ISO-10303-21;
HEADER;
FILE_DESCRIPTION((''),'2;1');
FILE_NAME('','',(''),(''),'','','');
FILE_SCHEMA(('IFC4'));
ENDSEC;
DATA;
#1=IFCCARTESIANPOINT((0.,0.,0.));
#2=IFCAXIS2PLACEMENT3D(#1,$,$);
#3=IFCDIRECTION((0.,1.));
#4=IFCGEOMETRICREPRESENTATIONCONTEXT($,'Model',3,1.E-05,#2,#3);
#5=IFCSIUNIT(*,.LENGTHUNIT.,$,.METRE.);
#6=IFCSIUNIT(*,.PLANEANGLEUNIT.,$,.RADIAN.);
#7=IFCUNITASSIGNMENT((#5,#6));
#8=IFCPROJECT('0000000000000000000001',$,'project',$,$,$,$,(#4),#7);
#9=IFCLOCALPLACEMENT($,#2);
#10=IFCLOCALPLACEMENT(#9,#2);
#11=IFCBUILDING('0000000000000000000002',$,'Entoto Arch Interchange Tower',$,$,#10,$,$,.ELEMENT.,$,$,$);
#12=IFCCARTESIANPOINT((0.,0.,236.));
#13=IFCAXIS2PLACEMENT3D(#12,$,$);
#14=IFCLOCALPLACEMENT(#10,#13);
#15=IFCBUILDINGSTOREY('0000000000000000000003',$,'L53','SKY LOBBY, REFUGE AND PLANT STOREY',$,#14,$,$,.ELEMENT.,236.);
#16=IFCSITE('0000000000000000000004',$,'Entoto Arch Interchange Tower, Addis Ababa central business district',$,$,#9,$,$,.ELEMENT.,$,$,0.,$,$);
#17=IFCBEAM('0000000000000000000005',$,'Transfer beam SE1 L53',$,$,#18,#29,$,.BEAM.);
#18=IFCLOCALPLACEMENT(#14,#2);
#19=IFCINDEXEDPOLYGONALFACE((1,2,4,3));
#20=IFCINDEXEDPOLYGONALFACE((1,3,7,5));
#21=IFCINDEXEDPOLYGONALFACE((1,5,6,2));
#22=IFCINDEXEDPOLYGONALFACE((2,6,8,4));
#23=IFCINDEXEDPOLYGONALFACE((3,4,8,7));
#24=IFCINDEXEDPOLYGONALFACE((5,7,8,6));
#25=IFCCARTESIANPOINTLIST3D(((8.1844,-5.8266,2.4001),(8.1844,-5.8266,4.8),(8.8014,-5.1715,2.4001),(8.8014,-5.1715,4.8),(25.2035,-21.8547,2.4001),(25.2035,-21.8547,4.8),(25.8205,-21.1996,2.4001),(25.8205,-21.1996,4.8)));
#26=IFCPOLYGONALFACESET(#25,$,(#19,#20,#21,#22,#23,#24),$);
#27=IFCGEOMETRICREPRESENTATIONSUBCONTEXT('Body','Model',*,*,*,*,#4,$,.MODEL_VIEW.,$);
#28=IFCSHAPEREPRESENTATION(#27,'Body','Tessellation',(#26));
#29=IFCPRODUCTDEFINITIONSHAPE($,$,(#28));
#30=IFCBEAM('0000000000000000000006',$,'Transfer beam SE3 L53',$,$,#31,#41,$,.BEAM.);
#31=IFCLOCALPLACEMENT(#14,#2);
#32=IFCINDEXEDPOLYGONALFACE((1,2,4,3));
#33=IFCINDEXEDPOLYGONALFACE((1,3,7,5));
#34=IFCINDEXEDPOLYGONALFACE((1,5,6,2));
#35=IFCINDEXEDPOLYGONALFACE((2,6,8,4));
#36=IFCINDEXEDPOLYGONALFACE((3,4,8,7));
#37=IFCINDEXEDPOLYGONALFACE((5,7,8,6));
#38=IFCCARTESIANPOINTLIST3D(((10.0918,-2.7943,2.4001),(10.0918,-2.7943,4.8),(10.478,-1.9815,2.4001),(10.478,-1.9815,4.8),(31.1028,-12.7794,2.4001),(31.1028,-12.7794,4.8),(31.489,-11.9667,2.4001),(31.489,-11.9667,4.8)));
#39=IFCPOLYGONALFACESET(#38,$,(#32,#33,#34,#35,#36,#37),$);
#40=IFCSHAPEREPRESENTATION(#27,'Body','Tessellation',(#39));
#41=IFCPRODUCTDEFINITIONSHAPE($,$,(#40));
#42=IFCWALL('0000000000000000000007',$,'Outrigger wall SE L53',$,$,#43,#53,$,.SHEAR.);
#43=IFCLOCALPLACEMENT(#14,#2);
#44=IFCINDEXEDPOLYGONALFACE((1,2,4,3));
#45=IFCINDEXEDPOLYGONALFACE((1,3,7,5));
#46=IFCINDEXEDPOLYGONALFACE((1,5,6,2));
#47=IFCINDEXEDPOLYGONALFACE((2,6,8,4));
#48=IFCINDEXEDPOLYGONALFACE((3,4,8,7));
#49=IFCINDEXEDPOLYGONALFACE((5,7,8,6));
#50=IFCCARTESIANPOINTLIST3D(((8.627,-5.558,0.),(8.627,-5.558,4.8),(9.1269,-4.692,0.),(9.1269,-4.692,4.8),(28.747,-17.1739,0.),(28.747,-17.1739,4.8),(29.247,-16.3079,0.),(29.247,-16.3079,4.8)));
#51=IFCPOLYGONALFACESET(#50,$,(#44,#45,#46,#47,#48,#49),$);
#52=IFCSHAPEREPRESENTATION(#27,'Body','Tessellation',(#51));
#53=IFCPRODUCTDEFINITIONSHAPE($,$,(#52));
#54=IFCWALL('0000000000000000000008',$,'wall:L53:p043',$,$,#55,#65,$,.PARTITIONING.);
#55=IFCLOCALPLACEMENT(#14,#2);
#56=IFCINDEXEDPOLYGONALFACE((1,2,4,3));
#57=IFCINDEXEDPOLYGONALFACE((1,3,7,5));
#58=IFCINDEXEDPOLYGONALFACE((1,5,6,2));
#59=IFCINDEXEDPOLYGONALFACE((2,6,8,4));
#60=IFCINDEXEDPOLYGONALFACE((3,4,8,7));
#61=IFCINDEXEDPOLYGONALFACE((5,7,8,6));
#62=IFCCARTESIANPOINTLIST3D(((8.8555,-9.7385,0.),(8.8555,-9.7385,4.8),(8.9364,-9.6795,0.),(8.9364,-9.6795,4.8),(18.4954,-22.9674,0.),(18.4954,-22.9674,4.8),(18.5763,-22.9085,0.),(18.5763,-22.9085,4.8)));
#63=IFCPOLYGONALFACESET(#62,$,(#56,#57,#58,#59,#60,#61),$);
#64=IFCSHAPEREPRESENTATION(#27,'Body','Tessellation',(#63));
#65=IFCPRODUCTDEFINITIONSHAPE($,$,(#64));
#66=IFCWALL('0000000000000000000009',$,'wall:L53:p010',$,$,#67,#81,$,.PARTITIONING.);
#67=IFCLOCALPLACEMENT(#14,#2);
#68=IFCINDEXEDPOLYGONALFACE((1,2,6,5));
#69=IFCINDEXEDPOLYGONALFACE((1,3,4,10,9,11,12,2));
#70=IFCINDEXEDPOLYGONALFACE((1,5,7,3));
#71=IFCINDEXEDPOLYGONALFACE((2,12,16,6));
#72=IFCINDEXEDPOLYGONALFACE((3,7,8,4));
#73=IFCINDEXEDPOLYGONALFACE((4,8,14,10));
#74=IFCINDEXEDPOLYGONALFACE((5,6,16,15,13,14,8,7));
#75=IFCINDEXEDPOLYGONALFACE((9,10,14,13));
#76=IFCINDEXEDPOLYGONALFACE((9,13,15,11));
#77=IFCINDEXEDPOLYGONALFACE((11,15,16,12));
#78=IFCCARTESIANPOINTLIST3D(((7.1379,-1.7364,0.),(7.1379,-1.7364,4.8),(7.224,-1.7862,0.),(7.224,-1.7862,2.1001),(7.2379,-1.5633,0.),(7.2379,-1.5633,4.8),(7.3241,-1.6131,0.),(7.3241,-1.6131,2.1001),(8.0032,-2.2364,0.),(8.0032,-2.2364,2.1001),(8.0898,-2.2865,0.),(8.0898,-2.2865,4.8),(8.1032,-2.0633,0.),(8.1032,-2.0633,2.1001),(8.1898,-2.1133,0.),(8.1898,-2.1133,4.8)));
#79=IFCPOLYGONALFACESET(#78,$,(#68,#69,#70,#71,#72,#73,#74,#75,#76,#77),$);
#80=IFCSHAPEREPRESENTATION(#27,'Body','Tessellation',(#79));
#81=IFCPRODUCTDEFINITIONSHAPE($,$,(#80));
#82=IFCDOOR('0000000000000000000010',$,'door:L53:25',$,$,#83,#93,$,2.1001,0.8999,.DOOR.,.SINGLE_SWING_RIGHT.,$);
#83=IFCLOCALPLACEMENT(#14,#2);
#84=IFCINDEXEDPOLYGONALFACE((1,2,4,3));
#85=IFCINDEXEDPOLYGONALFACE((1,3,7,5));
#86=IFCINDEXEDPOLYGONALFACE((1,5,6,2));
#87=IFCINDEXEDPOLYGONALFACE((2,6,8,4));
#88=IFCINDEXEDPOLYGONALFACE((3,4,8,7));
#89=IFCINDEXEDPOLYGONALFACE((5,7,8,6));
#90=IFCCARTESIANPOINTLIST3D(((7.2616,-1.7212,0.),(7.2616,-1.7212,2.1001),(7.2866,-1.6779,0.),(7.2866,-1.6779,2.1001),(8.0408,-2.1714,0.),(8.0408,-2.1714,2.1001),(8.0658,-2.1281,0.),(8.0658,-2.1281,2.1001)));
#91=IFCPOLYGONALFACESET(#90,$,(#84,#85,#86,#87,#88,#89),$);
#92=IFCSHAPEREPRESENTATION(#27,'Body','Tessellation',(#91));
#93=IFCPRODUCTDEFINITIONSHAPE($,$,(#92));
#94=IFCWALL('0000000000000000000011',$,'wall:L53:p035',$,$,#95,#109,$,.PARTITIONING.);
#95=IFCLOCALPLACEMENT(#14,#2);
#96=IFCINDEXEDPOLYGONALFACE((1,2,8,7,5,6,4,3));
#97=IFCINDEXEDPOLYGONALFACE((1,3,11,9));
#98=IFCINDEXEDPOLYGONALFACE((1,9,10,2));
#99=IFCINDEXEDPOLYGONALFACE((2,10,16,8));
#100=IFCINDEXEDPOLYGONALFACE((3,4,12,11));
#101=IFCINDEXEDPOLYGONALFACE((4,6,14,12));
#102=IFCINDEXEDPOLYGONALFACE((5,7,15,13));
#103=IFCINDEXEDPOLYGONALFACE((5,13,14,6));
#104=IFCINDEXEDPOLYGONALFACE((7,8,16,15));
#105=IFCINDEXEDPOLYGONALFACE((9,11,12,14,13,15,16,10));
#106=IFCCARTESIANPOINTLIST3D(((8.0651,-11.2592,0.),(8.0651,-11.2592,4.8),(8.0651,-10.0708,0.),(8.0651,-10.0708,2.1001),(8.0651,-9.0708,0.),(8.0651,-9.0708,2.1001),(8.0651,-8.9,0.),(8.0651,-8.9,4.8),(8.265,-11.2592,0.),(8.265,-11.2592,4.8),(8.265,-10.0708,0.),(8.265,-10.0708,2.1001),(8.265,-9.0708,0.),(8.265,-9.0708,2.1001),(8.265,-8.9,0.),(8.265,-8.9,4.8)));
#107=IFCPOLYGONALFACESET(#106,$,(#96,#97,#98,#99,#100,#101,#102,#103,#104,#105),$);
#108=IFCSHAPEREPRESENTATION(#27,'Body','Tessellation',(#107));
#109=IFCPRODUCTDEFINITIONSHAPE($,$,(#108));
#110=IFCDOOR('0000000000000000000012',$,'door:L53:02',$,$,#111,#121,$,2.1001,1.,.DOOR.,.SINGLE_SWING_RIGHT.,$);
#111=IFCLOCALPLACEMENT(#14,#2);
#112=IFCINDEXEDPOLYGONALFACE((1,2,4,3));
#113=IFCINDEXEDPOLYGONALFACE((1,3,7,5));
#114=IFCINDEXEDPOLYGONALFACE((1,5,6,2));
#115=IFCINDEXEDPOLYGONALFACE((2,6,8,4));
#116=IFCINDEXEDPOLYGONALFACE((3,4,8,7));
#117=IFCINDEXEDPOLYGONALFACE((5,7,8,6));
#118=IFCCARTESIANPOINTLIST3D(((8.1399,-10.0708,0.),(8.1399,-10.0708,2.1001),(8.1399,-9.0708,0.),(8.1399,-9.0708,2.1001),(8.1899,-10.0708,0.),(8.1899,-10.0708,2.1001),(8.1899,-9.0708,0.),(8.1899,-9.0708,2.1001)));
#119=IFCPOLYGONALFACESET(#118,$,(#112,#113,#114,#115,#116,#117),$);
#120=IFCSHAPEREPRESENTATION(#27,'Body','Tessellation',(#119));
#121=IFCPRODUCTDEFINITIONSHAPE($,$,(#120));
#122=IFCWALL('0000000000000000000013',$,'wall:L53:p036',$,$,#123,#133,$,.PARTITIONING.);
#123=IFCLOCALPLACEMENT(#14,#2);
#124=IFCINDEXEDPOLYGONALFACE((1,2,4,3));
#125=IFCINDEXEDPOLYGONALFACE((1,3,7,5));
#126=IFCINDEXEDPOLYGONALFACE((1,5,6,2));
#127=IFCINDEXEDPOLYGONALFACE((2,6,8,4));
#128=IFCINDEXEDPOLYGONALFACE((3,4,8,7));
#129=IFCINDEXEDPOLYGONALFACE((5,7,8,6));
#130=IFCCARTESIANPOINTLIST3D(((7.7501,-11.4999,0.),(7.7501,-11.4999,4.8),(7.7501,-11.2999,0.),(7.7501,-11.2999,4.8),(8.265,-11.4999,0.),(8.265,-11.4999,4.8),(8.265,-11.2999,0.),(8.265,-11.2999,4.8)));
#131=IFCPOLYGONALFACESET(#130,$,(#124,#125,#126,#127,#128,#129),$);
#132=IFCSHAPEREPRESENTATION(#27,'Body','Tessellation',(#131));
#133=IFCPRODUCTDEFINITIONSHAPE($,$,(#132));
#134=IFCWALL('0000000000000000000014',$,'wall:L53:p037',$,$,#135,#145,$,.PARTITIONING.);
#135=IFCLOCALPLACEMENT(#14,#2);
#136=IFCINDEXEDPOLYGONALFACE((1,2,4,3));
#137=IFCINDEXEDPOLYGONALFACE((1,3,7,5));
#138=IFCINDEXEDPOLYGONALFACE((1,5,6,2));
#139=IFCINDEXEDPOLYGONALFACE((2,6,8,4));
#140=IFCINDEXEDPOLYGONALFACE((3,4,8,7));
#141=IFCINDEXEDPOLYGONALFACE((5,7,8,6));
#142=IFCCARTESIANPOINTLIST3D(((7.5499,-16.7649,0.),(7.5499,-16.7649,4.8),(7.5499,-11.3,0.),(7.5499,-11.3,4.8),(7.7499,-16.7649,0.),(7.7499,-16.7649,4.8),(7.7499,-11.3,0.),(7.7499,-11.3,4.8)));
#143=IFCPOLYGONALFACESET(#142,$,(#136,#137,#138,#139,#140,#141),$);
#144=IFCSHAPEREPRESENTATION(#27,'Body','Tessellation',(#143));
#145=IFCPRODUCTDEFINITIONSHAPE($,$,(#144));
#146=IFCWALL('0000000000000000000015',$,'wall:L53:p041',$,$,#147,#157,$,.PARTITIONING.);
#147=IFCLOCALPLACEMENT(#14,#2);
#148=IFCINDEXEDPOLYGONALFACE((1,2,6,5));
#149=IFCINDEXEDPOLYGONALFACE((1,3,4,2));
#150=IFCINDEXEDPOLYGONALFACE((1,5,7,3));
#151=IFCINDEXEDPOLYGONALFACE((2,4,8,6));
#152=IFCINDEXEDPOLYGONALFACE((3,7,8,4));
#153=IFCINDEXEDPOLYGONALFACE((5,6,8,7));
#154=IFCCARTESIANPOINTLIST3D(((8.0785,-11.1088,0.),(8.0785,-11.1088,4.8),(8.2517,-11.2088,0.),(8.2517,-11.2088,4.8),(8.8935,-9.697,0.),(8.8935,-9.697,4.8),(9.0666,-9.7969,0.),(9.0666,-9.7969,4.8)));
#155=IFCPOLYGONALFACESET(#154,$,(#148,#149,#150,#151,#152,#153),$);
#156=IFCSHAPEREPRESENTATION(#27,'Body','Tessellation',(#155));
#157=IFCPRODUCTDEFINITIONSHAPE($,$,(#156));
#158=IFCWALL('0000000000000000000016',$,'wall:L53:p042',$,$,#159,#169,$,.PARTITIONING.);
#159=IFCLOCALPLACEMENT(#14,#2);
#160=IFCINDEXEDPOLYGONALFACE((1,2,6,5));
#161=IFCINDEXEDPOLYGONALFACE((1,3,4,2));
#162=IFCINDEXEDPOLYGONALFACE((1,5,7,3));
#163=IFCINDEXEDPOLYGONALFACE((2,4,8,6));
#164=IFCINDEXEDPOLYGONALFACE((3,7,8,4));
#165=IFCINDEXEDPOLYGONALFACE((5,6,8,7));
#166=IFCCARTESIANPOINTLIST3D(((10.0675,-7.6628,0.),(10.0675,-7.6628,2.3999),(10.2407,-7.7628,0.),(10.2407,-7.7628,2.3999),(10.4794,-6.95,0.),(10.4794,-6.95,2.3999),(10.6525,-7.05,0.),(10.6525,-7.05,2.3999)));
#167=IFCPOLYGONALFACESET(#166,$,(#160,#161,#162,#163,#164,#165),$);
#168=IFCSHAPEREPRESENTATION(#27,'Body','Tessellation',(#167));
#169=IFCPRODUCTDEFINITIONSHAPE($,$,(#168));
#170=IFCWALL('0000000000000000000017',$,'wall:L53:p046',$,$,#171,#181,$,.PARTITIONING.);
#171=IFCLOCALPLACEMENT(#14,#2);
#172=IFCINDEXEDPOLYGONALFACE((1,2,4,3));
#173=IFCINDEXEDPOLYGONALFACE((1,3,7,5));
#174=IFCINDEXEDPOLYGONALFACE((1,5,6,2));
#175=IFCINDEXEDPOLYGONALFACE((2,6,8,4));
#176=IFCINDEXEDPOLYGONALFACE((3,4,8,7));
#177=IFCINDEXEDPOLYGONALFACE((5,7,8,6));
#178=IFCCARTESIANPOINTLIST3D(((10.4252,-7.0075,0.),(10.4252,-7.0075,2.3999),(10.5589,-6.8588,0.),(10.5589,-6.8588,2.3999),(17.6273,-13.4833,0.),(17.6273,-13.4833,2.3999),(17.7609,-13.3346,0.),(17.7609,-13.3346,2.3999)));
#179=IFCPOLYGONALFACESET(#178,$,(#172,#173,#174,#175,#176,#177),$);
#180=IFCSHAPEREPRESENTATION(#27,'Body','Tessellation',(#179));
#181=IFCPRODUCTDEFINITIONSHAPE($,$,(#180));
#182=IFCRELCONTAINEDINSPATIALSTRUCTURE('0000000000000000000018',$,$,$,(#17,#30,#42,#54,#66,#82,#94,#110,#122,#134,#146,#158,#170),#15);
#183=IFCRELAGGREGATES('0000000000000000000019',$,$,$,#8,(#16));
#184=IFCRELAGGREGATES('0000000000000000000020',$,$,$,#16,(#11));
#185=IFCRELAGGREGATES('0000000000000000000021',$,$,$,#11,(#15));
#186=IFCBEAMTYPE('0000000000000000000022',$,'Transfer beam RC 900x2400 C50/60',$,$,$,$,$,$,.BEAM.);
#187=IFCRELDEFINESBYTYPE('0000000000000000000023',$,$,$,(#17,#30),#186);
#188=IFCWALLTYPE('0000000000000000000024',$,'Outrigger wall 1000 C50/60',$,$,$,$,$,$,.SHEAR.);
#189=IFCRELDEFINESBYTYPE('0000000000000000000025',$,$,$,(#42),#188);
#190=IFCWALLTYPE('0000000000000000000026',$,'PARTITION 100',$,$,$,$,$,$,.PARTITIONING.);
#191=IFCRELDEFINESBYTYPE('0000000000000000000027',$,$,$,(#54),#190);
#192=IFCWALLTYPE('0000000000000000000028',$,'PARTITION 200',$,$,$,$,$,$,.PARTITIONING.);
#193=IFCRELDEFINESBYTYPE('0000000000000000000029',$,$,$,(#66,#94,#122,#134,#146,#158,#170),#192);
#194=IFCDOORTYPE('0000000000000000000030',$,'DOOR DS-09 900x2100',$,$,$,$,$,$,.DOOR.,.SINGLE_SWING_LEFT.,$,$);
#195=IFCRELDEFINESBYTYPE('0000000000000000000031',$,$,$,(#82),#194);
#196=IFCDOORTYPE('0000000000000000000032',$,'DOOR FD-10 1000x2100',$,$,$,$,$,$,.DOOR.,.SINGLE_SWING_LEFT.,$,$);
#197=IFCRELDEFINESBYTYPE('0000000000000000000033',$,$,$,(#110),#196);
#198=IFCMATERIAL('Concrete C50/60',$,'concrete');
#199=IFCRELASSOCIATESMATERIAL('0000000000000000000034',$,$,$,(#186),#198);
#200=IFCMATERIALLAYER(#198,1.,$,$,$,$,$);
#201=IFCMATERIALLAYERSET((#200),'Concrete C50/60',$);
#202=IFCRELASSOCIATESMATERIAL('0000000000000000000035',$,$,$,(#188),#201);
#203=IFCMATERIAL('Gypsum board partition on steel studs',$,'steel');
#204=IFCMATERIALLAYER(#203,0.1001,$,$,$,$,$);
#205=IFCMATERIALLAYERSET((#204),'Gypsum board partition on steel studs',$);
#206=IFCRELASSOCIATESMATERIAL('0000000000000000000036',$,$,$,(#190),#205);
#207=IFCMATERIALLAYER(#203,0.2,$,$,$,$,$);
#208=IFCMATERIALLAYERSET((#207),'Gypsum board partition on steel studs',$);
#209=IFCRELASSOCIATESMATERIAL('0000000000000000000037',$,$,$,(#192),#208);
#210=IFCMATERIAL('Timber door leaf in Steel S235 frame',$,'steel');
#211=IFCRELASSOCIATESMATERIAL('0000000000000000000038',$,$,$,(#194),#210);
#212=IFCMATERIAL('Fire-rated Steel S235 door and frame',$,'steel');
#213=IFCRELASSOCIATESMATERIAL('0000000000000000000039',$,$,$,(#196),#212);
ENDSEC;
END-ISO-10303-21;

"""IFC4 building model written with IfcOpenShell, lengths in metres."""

from ifc_helpers import new_model, si_unit, direction, frame, frame_2d, origin, origin_2d, place, context, subcontext, project, spatial, rectangle, extrude, material, layer, layer_set, material_profile, profile_set, type_object, element, fill, save


model = new_model("IFC4")

# Units and contexts
model_context = context("Model", 3, precision=1e-05, world=origin(), true_north=direction((0.0, 1.0)))
body_context = subcontext(model_context, "Body", "Model", "MODEL_VIEW")
ifc_project = project(units=[si_unit("LENGTHUNIT", "METRE"), si_unit("PLANEANGLEUNIT", "RADIAN")], contexts=[model_context])

# Site, building, storey
site_placement = place(None, origin())
site = spatial("IfcSite", under=ifc_project, at=site_placement, Name="Entoto Arch Interchange Tower, Addis Ababa central business district", CompositionType="ELEMENT", RefElevation=0.0)
building_placement = place(site_placement, origin())
building = spatial("IfcBuilding", under=site, at=building_placement, Name="Entoto Arch Interchange Tower", CompositionType="ELEMENT")
storey_placement = place(building_placement, frame((0.0, 0.0, 236.0)))
storey = spatial("IfcBuildingStorey", under=building, at=storey_placement, Name="L53", Description="SKY LOBBY, REFUGE AND PLANT STOREY", CompositionType="ELEMENT", Elevation=236.0)

# Beams
ifc_material_1 = material(Name="Concrete C50/60", Category="concrete")
ifc_material_profile = material_profile(ifc_material_1, rectangle(XDim=0.8999, YDim=2.3999, at=origin_2d()))
ifc_profile_set = profile_set([ifc_material_profile], Name="Concrete C50/60")
beam_type = type_object("IfcBeamType", Name="Transfer beam RC 900x2400 C50/60", PredefinedType="BEAM", material=ifc_profile_set)
beam_1_placement = place(storey_placement, frame((8.4929, -5.499, 3.6001), z_axis=(0.727983, -0.685595, 0.0), x_axis=(0.685595, 0.727983, 0.0)))
element("IfcBeam", 1, at=beam_1_placement, inside=storey, type_object=beam_type, Name="Transfer beam SE1 L53", PredefinedType="BEAM", context=body_context, shape_type="SweptSolid", body=[
    extrude(rectangle(XDim=0.8999, YDim=2.3999, at=origin_2d()), origin(), (0.0, 0.0, 1.0), 23.3784),
])
beam_2_placement = place(storey_placement, frame((10.2849, -2.3879, 3.6001), z_axis=(0.903196, -0.429228, 0.0), x_axis=(0.429228, 0.903196, 0.0)))
element("IfcBeam", 2, at=beam_2_placement, inside=storey, type_object=beam_type, Name="Transfer beam SE3 L53", PredefinedType="BEAM", context=body_context, shape_type="SweptSolid", body=[
    extrude(rectangle(XDim=0.8999, YDim=2.3999, at=origin_2d()), origin(), (0.0, 0.0, 1.0), 23.2629),
])

# Walls
ifc_layer_1 = layer(ifc_material_1, 1.0)
ifc_layer_set_1 = layer_set([ifc_layer_1], Name="Concrete C50/60")
wall_type_1 = type_object("IfcWallType", Name="Outrigger wall 1000 C50/60", PredefinedType="SHEAR", material=ifc_layer_set_1)
wall_1_placement = place(storey_placement, frame((8.877, -5.125, 0.0), z_axis=(0.0, 0.0, 1.0), x_axis=(0.866033, -0.499987, 0.0)))
element("IfcWall", 3, at=wall_1_placement, inside=storey, type_object=wall_type_1, Name="Outrigger wall SE L53", PredefinedType="SHEAR", context=body_context, shape_type="SweptSolid", body=[
    extrude(rectangle(XDim=23.2324, YDim=1.0, at=frame_2d((11.6162, 0.0))), origin(), (0.0, 0.0, 1.0), 4.8),
])
ifc_material_2 = material(Name="Gypsum board partition on steel studs", Category="steel")
ifc_layer_2 = layer(ifc_material_2, 0.1001)
ifc_layer_set_2 = layer_set([ifc_layer_2], Name="Gypsum board partition on steel studs")
wall_type_2 = type_object("IfcWallType", Name="PARTITION 100", PredefinedType="PARTITIONING", material=ifc_layer_set_2)
wall_2_placement = place(storey_placement, frame((8.896, -9.709, 0.0), z_axis=(0.0, 0.0, 1.0), x_axis=(0.588923, -0.808189, 0.0)))
element("IfcWall", 4, at=wall_2_placement, inside=storey, type_object=wall_type_2, Name="wall:L53:p043", PredefinedType="PARTITIONING", context=body_context, shape_type="SweptSolid", body=[
    extrude(rectangle(XDim=16.3687, YDim=0.1001, at=frame_2d((8.1843, 0.0))), origin(), (0.0, 0.0, 1.0), 4.8),
])

# Walls, openings, doors
ifc_layer_3 = layer(ifc_material_2, 0.2)
ifc_layer_set_3 = layer_set([ifc_layer_3], Name="Gypsum board partition on steel studs")
wall_type_3 = type_object("IfcWallType", Name="PARTITION 200", PredefinedType="PARTITIONING", material=ifc_layer_set_3)
wall_3_placement = place(storey_placement, frame((8.1399, -2.2, 0.0), z_axis=(0.0, 0.0, 1.0), x_axis=(-0.865842, 0.500318, 0.0)))
wall_3 = element("IfcWall", 5, at=wall_3_placement, inside=storey, type_object=wall_type_3, Name="wall:L53:p010", PredefinedType="PARTITIONING", context=body_context, shape_type="SweptSolid", body=[
    extrude(rectangle(XDim=1.0994, YDim=0.2, at=frame_2d((0.5498, 0.0))), origin(), (0.0, 0.0, 1.0), 4.8),
])
opening_1_placement = place(wall_3_placement, frame((0.1001, 0.0, 0.0)))
opening_1 = element("IfcOpeningElement", 6, at=opening_1_placement, cuts=wall_3, PredefinedType="OPENING", context=body_context, shape_type="SweptSolid", body=[
    extrude(rectangle(XDim=0.8999, YDim=2.1001, at=frame_2d((0.45, 1.05))), frame((0.0, 0.1099, 0.0), z_axis=(0.0, -1.0, 0.0), x_axis=(1.0, 0.0, 0.0)), (0.0, 0.0, 1.0), 0.22),
])
ifc_material_3 = material(Name="Timber door leaf in Steel S235 frame", Category="steel")
door_type_1 = type_object("IfcDoorType", Name="DOOR DS-09 900x2100", OperationType="SINGLE_SWING_LEFT", PredefinedType="DOOR", material=ifc_material_3)
door_1_placement = place(opening_1_placement, origin())
door_1 = element("IfcDoor", 7, at=door_1_placement, inside=storey, type_object=door_type_1, Name="door:L53:25", OperationType="SINGLE_SWING_RIGHT", OverallHeight=2.1001, OverallWidth=0.8999, PredefinedType="DOOR", context=body_context, shape_type="SweptSolid", body=[
    extrude(rectangle(XDim=0.8999, YDim=2.1001, at=frame_2d((0.45, 1.05))), frame((0.0, 0.0249, 0.0), z_axis=(0.0, -1.0, 0.0), x_axis=(1.0, 0.0, 0.0)), (0.0, 0.0, 1.0), 0.05),
])
fill(opening_1, door_1)
wall_4_placement = place(storey_placement, frame((8.165, -8.8999, 0.0), z_axis=(0.0, 0.0, 1.0), x_axis=(0.0, -1.0, 0.0)))
wall_4 = element("IfcWall", 8, at=wall_4_placement, inside=storey, type_object=wall_type_3, Name="wall:L53:p035", PredefinedType="PARTITIONING", context=body_context, shape_type="SweptSolid", body=[
    extrude(rectangle(XDim=2.3591, YDim=0.2, at=frame_2d((1.1797, 0.0))), origin(), (0.0, 0.0, 1.0), 4.8),
])
opening_2_placement = place(wall_4_placement, frame((0.1709, 0.0, 0.0)))
opening_2 = element("IfcOpeningElement", 9, at=opening_2_placement, cuts=wall_4, PredefinedType="OPENING", context=body_context, shape_type="SweptSolid", body=[
    extrude(rectangle(XDim=1.0, YDim=2.1001, at=frame_2d((0.5, 1.05))), frame((0.0, 0.1099, 0.0), z_axis=(0.0, -1.0, 0.0), x_axis=(1.0, 0.0, 0.0)), (0.0, 0.0, 1.0), 0.22),
])
ifc_material_4 = material(Name="Fire-rated Steel S235 door and frame", Category="steel")
door_type_2 = type_object("IfcDoorType", Name="DOOR FD-10 1000x2100", OperationType="SINGLE_SWING_LEFT", PredefinedType="DOOR", material=ifc_material_4)
door_2_placement = place(opening_2_placement, origin())
door_2 = element("IfcDoor", 10, at=door_2_placement, inside=storey, type_object=door_type_2, Name="door:L53:02", OperationType="SINGLE_SWING_RIGHT", OverallHeight=2.1001, OverallWidth=1.0, PredefinedType="DOOR", context=body_context, shape_type="SweptSolid", body=[
    extrude(rectangle(XDim=1.0, YDim=2.1001, at=frame_2d((0.5, 1.05))), frame((0.0, 0.0249, 0.0), z_axis=(0.0, -1.0, 0.0), x_axis=(1.0, 0.0, 0.0)), (0.0, 0.0, 1.0), 0.05),
])
fill(opening_2, door_2)

# Walls
wall_5_placement = place(storey_placement, frame((8.2649, -11.3999, 0.0), z_axis=(0.0, 0.0, 1.0), x_axis=(-1.0, 0.0, 0.0)))
element("IfcWall", 11, at=wall_5_placement, inside=storey, type_object=wall_type_3, Name="wall:L53:p036", PredefinedType="PARTITIONING", context=body_context, shape_type="SweptSolid", body=[
    extrude(rectangle(XDim=0.5149, YDim=0.2, at=frame_2d((0.2573, 0.0))), origin(), (0.0, 0.0, 1.0), 4.8),
])
wall_6_placement = place(storey_placement, frame((7.6499, -11.3, 0.0), z_axis=(0.0, 0.0, 1.0), x_axis=(0.0, -1.0, 0.0)))
element("IfcWall", 12, at=wall_6_placement, inside=storey, type_object=wall_type_3, Name="wall:L53:p037", PredefinedType="PARTITIONING", context=body_context, shape_type="SweptSolid", body=[
    extrude(rectangle(XDim=5.4648, YDim=0.2, at=frame_2d((2.7324, 0.0))), origin(), (0.0, 0.0, 1.0), 4.8),
])
wall_7_placement = place(storey_placement, frame((8.98, -9.7471, 0.0), z_axis=(0.0, 0.0, 1.0), x_axis=(-0.499908, -0.866078, 0.0)))
element("IfcWall", 13, at=wall_7_placement, inside=storey, type_object=wall_type_3, Name="wall:L53:p041", PredefinedType="PARTITIONING", context=body_context, shape_type="SweptSolid", body=[
    extrude(rectangle(XDim=1.6301, YDim=0.2, at=frame_2d((0.8149, 0.0))), origin(), (0.0, 0.0, 1.0), 4.8),
])
wall_8_placement = place(storey_placement, frame((10.5659, -7.0, 0.0), z_axis=(0.0, 0.0, 1.0), x_axis=(-0.500253, -0.865879, 0.0)))
element("IfcWall", 14, at=wall_8_placement, inside=storey, type_object=wall_type_3, Name="wall:L53:p042", PredefinedType="PARTITIONING", context=body_context, shape_type="SweptSolid", body=[
    extrude(rectangle(XDim=0.8232, YDim=0.2, at=frame_2d((0.4116, 0.0))), origin(), (0.0, 0.0, 1.0), 2.3999),
])
wall_9_placement = place(storey_placement, frame((10.4919, -6.9331, 0.0), z_axis=(0.0, 0.0, 1.0), x_axis=(0.743607, -0.668616, 0.0)))
element("IfcWall", 15, at=wall_9_placement, inside=storey, type_object=wall_type_3, Name="wall:L53:p046", PredefinedType="PARTITIONING", context=body_context, shape_type="SweptSolid", body=[
    extrude(rectangle(XDim=9.6853, YDim=0.2, at=frame_2d((4.8428, 0.0))), origin(), (0.0, 0.0, 1.0), 2.3999),
])

save(model, "model.ifc")
